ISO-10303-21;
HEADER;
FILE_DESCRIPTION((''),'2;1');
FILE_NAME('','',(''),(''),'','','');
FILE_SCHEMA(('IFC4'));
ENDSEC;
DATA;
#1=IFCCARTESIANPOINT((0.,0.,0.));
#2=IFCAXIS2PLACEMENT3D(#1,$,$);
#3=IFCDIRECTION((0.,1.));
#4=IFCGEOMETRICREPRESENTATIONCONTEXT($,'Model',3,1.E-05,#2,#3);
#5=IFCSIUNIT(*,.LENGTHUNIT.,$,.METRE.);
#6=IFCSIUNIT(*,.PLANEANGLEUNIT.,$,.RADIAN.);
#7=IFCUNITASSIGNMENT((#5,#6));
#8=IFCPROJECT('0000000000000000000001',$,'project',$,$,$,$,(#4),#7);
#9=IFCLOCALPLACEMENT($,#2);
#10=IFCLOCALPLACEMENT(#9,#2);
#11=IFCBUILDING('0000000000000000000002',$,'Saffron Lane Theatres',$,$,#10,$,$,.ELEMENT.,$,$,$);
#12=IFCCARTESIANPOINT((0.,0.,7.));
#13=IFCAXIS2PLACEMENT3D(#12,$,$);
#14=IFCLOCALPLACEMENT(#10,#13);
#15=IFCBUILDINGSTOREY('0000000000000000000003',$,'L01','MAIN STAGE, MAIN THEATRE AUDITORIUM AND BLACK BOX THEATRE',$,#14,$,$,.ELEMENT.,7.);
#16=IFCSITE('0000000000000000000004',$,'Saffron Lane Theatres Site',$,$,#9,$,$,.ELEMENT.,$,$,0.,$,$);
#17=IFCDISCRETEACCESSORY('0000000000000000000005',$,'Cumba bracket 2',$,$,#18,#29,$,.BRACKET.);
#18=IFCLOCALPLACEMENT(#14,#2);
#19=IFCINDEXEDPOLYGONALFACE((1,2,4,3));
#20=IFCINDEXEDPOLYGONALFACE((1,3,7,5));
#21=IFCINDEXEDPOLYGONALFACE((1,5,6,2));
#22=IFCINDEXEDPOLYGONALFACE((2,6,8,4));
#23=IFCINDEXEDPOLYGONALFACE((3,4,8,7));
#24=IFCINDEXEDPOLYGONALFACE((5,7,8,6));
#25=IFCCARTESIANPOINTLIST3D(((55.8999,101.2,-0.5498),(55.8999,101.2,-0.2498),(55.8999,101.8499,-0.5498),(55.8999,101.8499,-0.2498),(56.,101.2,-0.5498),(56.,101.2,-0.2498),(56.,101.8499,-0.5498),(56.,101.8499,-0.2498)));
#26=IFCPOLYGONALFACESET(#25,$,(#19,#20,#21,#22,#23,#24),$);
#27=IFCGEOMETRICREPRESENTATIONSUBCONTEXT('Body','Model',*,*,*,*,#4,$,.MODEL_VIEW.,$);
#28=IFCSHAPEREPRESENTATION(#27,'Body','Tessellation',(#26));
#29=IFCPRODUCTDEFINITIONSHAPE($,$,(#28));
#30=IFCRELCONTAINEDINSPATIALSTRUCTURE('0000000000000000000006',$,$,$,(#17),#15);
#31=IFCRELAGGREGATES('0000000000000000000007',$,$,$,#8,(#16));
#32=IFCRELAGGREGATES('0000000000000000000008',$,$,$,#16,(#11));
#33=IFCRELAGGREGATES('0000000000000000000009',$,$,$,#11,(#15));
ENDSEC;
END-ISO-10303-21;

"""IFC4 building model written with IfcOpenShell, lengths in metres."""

from ifc_helpers import new_model, si_unit, direction, frame, origin, origin_2d, place, context, subcontext, project, spatial, rectangle, extrude, element, save


model = new_model("IFC4")

# Units and contexts
model_context = context("Model", 3, precision=1e-05, world=origin(), true_north=direction((0.0, 1.0)))
body_context = subcontext(model_context, "Body", "Model", "MODEL_VIEW")
ifc_project = project(units=[si_unit("LENGTHUNIT", "METRE"), si_unit("PLANEANGLEUNIT", "RADIAN")], contexts=[model_context])

# Site, building, storey
site_placement = place(None, origin())
site = spatial("IfcSite", under=ifc_project, at=site_placement, Name="Saffron Lane Theatres Site", CompositionType="ELEMENT", RefElevation=0.0)
building_placement = place(site_placement, origin())
building = spatial("IfcBuilding", under=site, at=building_placement, Name="Saffron Lane Theatres", CompositionType="ELEMENT")
storey_placement = place(building_placement, frame((0.0, 0.0, 7.0)))
storey = spatial("IfcBuildingStorey", under=building, at=storey_placement, Name="L01", Description="MAIN STAGE, MAIN THEATRE AUDITORIUM AND BLACK BOX THEATRE", CompositionType="ELEMENT", Elevation=7.0)

# Discrete accessory
for number, where, z_axis, x_axis, name in (
    (1, (55.95, 101.5249, -0.5498), (0.0, 0.0, 1.0), (-1.0, 0.0, 0.0), "Cumba bracket 2"),
):
    element("IfcDiscreteAccessory", number, at=place(storey_placement, frame(where, z_axis=z_axis, x_axis=x_axis)), inside=storey, Name=name, PredefinedType="BRACKET", context=body_context, shape_type="SweptSolid", body=[
        extrude(rectangle(XDim=0.1001, YDim=0.6499, at=origin_2d()), origin(), (0.0, 0.0, 1.0), 0.3),
    ])

save(model, "model.ifc")
